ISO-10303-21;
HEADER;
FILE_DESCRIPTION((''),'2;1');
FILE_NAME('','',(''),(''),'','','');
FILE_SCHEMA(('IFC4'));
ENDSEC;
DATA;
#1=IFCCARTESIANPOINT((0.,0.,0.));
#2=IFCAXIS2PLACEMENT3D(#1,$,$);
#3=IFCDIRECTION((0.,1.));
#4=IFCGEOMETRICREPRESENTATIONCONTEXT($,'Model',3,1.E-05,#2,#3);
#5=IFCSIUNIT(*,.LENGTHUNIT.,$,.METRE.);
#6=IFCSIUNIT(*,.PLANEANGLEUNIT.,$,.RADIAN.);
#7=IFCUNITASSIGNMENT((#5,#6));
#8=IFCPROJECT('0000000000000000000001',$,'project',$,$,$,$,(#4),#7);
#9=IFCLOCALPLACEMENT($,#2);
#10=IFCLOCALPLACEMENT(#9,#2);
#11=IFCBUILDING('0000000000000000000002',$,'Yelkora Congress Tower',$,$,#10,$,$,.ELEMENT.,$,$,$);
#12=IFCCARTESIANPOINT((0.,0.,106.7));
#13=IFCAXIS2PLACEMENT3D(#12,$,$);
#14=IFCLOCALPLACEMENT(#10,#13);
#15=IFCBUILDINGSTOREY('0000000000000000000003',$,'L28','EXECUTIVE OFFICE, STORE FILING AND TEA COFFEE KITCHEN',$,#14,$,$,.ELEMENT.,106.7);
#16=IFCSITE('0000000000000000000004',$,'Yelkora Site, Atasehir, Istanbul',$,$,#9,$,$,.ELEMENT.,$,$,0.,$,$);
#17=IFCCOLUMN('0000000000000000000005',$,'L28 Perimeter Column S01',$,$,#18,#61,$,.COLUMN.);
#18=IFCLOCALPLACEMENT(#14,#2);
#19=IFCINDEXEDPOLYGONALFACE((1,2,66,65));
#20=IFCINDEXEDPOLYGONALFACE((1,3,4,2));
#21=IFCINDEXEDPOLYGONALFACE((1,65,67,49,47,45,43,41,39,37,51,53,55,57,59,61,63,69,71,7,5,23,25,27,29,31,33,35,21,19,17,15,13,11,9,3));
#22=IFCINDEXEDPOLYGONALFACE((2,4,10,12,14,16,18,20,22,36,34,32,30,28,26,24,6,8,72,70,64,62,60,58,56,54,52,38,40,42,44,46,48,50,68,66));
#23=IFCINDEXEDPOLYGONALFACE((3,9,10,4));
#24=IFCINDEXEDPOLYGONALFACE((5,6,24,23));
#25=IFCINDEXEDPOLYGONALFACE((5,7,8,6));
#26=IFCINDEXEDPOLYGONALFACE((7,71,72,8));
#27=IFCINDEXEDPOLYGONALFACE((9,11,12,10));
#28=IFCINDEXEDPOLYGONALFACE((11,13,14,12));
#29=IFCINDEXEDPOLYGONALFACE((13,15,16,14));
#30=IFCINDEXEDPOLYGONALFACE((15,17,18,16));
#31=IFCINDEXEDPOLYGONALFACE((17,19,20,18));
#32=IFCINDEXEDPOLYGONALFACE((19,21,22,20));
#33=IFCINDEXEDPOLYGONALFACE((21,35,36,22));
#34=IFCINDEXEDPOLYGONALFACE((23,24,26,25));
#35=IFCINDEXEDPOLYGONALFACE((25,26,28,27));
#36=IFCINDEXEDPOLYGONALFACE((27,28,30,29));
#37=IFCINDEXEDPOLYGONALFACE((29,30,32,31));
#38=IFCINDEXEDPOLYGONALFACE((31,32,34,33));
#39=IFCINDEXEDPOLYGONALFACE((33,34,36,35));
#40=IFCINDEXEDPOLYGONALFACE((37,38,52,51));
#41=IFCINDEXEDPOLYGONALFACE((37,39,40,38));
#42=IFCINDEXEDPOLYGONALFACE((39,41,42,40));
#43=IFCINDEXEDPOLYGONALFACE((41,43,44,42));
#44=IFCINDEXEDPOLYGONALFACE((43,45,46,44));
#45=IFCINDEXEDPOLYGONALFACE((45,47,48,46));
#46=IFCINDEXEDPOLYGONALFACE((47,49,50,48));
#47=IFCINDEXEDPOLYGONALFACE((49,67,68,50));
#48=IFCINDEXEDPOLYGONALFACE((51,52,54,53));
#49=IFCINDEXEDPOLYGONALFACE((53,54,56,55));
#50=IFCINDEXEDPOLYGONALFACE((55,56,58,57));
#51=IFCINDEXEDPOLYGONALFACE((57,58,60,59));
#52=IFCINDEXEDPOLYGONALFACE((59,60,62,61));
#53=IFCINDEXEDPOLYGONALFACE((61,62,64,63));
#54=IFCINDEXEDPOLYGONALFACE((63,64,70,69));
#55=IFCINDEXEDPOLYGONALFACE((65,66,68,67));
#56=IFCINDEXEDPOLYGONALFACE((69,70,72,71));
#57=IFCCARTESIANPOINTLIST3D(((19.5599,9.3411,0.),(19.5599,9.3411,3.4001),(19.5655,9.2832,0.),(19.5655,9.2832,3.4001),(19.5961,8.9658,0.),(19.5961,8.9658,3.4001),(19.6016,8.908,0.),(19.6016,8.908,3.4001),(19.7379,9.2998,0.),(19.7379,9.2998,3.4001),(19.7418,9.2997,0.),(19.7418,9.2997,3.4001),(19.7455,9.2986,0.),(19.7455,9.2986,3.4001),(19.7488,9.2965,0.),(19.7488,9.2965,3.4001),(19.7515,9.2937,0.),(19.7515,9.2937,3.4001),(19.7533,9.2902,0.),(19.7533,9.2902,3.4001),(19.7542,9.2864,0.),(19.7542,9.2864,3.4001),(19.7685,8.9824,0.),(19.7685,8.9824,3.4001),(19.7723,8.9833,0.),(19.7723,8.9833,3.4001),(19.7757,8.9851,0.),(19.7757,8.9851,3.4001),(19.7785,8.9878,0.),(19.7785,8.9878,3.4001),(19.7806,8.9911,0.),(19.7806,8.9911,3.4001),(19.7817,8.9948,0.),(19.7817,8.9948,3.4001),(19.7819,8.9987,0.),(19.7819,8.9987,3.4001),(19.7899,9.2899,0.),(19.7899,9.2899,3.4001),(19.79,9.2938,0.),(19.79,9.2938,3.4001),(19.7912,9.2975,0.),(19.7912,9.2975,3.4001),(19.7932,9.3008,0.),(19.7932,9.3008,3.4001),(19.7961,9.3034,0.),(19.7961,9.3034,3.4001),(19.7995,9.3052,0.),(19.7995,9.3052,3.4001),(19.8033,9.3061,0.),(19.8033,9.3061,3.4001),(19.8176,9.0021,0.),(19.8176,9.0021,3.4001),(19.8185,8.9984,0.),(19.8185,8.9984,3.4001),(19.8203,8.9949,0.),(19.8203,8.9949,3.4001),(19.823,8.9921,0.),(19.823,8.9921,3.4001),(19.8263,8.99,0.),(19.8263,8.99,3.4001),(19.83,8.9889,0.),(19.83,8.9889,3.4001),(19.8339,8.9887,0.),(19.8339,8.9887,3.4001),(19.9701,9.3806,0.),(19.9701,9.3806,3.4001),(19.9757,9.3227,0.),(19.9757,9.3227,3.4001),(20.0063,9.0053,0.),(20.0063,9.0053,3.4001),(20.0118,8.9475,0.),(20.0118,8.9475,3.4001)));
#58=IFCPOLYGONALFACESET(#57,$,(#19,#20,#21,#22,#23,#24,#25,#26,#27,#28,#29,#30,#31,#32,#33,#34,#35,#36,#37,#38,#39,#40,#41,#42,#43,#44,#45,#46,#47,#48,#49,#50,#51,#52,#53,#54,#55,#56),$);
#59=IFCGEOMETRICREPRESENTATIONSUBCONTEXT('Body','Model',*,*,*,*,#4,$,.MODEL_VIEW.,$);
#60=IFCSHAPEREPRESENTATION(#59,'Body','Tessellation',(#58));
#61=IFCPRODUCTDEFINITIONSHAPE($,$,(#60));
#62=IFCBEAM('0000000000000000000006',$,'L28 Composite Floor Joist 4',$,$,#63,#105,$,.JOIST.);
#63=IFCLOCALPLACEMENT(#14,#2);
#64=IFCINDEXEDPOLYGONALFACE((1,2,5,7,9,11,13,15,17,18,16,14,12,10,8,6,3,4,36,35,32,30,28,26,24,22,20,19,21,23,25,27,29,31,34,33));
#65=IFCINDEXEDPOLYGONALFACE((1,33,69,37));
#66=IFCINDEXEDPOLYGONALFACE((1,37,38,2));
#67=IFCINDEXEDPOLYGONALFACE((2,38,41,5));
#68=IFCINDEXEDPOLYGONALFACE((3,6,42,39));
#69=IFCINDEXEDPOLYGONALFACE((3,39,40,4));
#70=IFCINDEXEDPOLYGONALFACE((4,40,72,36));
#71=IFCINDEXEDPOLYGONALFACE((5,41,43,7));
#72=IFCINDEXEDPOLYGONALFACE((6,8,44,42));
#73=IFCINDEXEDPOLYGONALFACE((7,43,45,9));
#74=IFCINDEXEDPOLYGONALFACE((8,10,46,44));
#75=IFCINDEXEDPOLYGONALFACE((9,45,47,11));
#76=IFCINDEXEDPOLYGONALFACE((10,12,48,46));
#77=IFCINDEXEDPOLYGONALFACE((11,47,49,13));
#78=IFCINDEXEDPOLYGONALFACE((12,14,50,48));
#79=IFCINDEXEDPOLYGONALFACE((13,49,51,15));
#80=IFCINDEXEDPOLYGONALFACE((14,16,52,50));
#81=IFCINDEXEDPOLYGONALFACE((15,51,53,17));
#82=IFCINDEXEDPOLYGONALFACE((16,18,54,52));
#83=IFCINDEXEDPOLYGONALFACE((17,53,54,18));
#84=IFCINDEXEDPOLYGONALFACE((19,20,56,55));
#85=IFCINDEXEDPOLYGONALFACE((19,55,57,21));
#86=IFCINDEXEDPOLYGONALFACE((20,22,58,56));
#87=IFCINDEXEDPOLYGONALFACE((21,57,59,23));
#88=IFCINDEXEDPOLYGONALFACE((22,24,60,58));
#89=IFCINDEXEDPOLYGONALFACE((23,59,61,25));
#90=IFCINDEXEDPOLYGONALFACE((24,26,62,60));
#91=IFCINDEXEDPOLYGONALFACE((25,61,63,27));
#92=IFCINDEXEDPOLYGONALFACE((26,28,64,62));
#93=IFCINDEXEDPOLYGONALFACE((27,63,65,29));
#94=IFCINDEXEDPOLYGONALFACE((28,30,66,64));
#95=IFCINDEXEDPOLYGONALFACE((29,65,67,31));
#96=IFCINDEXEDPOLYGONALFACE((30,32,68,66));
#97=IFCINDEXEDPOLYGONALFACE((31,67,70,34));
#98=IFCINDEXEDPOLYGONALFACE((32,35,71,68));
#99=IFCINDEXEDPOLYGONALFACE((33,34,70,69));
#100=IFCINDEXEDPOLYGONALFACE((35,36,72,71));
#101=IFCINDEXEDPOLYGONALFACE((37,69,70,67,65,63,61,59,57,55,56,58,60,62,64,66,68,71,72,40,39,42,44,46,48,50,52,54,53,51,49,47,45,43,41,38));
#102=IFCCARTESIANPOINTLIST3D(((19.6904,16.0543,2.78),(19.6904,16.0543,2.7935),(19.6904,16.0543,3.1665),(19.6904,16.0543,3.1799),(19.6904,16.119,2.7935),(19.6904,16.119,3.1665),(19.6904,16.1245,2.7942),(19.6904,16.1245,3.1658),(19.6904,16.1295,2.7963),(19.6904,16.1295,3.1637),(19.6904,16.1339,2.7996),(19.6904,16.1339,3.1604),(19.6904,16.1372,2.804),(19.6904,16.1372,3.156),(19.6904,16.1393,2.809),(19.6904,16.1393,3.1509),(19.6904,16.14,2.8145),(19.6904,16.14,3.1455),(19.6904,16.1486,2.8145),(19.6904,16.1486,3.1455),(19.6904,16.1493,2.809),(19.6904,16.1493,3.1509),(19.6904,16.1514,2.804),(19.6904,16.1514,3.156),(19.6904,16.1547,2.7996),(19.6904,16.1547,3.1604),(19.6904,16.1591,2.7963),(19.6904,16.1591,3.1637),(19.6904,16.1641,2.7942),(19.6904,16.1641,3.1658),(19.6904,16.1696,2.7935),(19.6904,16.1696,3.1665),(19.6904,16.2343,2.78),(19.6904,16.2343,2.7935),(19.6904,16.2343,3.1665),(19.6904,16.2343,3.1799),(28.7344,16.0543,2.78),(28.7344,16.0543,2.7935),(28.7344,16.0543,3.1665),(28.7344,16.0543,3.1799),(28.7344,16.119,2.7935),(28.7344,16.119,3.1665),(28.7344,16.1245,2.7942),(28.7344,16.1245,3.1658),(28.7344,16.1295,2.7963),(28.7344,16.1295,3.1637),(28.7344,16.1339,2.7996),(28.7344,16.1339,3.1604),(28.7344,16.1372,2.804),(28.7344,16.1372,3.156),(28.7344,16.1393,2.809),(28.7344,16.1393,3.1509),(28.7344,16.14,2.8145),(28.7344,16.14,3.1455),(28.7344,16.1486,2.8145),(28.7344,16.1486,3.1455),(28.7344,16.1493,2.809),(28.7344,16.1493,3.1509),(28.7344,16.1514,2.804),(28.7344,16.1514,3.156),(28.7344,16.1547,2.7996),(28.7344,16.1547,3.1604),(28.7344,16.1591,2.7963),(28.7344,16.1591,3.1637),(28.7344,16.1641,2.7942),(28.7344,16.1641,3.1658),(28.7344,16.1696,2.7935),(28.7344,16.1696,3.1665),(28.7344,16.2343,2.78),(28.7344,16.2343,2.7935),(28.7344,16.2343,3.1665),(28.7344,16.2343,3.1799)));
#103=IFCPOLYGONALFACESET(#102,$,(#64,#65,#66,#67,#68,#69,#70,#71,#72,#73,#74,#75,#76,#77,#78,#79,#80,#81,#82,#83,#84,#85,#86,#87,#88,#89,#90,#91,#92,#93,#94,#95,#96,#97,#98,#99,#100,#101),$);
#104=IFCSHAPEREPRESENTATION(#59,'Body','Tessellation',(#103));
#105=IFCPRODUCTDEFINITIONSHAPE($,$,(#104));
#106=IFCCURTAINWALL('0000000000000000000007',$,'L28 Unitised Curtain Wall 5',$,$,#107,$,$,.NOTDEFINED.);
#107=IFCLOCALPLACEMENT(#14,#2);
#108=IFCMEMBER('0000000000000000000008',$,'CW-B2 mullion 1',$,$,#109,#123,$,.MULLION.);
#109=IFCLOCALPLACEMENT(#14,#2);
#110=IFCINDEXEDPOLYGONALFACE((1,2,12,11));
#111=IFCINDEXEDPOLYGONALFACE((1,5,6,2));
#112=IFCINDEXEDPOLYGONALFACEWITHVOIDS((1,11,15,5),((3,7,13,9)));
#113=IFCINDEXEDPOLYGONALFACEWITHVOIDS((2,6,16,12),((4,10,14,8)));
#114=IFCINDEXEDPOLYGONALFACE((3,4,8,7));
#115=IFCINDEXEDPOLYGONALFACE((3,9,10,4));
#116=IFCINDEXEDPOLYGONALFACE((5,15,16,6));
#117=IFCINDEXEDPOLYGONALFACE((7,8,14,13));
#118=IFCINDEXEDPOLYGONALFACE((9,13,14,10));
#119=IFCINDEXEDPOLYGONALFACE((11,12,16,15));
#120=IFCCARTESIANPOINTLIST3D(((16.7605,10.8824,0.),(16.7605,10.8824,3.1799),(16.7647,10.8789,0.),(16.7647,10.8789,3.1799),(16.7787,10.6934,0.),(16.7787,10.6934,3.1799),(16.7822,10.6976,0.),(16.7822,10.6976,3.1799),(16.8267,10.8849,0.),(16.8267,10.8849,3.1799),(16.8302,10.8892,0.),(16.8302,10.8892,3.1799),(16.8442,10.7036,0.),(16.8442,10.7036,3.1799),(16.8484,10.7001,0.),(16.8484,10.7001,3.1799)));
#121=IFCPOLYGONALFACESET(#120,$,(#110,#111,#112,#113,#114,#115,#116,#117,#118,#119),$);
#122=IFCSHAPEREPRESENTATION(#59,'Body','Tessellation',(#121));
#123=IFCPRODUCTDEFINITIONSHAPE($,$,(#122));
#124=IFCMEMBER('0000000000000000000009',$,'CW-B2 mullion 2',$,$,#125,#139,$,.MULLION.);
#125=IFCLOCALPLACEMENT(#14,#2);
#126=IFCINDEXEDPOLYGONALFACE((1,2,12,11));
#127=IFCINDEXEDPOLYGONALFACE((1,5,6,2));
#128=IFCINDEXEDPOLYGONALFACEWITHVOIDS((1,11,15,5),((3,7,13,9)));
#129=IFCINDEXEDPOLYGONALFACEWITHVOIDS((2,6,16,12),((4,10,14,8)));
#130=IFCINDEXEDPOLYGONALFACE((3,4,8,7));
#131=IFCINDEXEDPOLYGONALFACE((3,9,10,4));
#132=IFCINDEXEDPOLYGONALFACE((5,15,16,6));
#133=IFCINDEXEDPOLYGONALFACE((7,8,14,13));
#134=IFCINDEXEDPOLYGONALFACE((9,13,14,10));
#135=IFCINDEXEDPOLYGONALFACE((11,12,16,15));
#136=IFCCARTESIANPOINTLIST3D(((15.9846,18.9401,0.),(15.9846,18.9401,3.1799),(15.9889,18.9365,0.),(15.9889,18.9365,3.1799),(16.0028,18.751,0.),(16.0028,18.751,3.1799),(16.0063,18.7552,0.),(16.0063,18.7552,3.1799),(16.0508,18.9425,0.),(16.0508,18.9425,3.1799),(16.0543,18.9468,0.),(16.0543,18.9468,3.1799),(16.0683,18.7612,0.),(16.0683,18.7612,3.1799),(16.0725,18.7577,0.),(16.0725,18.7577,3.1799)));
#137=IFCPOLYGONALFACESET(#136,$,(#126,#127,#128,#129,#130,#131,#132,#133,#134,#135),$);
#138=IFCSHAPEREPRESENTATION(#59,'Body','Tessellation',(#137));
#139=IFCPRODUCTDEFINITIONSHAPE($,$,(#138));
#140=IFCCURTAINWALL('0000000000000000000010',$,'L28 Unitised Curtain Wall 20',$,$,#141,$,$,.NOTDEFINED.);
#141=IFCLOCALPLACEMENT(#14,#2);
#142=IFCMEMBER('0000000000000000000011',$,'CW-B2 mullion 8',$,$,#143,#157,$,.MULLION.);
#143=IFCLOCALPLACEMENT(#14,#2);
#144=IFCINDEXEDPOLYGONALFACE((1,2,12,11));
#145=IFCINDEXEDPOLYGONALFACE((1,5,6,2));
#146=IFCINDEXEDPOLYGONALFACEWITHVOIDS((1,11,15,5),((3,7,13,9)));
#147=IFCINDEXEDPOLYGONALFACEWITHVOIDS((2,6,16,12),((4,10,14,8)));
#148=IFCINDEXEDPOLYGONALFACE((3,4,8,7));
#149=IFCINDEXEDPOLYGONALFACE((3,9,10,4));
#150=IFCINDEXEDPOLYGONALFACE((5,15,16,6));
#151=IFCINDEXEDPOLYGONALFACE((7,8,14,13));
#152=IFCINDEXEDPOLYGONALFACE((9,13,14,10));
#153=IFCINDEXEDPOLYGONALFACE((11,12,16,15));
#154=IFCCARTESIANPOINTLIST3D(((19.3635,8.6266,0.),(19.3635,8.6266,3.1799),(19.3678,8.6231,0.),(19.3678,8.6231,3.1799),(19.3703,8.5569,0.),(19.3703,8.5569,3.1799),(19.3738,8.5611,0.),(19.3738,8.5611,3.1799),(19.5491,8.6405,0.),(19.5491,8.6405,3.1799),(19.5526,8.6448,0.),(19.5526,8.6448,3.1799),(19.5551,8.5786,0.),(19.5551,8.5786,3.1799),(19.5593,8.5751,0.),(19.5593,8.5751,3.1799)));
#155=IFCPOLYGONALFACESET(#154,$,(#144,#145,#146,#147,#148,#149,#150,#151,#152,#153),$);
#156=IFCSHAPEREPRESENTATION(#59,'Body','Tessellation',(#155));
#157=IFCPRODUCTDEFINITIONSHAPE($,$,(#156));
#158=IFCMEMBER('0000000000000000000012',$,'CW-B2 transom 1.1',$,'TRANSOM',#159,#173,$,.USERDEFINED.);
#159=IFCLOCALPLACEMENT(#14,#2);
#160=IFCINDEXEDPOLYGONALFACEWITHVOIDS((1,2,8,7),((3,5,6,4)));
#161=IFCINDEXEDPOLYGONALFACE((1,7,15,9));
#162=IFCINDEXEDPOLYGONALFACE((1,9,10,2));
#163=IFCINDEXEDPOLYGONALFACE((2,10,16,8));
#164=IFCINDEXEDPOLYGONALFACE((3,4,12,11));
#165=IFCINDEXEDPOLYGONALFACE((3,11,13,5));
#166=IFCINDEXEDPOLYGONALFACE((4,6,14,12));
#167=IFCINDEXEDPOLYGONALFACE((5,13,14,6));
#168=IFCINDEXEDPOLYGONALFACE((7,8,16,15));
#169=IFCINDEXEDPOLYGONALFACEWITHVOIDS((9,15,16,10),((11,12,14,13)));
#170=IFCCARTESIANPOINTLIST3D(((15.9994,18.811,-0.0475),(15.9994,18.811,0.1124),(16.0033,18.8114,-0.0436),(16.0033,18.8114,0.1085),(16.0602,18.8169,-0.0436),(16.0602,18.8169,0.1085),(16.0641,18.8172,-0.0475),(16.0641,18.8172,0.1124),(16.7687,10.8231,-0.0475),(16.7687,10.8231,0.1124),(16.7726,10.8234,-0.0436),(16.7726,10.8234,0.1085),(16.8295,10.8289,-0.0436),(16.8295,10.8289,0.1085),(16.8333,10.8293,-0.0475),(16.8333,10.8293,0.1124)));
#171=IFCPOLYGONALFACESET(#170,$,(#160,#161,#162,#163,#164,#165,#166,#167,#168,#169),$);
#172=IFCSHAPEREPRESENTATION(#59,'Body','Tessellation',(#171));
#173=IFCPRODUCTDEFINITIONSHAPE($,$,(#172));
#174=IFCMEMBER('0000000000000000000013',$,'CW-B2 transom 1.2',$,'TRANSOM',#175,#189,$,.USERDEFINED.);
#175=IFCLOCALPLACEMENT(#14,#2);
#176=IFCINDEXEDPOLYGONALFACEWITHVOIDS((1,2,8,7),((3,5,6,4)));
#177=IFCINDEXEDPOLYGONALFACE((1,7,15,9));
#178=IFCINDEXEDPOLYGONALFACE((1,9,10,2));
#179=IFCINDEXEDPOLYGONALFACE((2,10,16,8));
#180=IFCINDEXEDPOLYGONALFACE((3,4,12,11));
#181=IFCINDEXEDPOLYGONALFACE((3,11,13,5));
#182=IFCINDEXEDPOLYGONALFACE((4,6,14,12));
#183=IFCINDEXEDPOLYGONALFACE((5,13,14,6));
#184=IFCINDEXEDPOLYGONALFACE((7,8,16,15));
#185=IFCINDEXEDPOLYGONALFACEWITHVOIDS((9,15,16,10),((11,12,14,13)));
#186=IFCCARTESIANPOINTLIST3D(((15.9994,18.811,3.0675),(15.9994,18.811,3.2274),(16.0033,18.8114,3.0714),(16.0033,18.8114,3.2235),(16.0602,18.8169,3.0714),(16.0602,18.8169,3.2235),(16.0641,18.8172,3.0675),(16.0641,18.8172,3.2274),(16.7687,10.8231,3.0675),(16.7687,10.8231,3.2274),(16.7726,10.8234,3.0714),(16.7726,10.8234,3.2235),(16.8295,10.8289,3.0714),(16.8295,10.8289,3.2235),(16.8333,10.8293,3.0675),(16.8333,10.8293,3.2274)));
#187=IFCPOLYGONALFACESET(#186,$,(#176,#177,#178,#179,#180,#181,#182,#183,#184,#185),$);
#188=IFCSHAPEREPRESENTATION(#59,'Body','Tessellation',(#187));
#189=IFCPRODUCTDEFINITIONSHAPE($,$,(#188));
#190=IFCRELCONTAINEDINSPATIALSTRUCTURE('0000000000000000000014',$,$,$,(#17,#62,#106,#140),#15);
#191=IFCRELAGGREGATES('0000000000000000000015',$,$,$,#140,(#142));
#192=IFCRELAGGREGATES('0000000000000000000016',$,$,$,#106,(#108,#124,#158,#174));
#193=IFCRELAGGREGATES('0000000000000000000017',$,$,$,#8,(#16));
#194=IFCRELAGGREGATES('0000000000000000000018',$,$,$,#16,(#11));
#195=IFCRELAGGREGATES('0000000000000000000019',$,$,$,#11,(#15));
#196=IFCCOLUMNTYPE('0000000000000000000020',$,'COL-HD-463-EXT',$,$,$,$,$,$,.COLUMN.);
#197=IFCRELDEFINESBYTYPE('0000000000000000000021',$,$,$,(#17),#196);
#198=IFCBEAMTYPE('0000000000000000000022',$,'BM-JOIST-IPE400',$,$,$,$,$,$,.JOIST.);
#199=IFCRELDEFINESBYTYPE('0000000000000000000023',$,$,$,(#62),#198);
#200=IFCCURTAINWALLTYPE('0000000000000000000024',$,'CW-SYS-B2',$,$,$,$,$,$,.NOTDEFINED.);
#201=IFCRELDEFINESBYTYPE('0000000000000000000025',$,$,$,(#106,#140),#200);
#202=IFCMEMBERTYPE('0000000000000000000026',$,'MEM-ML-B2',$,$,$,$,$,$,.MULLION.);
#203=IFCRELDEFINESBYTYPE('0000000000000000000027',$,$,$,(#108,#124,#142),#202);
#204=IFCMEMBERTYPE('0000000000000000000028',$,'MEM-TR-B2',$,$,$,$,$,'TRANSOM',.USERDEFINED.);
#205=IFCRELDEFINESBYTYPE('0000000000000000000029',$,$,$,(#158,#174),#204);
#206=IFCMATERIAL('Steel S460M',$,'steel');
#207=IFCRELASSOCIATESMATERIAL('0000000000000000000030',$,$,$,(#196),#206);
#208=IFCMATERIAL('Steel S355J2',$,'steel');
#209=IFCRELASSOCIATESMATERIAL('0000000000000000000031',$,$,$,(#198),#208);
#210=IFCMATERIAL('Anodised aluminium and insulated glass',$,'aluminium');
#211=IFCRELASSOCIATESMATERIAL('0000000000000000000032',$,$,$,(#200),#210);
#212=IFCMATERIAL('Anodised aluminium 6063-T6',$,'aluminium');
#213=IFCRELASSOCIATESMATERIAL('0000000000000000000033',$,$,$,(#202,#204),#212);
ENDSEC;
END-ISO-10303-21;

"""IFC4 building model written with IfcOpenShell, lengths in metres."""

from ifc_helpers import new_model, si_unit, direction, frame, origin, origin_2d, place, context, subcontext, project, spatial, hollow_rectangle, i_section, extrude, material, material_profile, profile_set, type_object, element, aggregate, save


model = new_model("IFC4")

# Units and contexts
model_context = context("Model", 3, precision=1e-05, world=origin(), true_north=direction((0.0, 1.0)))
body_context = subcontext(model_context, "Body", "Model", "MODEL_VIEW")
ifc_project = project(units=[si_unit("LENGTHUNIT", "METRE"), si_unit("PLANEANGLEUNIT", "RADIAN")], contexts=[model_context])

# Site, building, storey
site_placement = place(None, origin())
site = spatial("IfcSite", under=ifc_project, at=site_placement, Name="Yelkora Site, Atasehir, Istanbul", CompositionType="ELEMENT", RefElevation=0.0)
building_placement = place(site_placement, origin())
building = spatial("IfcBuilding", under=site, at=building_placement, Name="Yelkora Congress Tower", CompositionType="ELEMENT")
storey_placement = place(building_placement, frame((0.0, 0.0, 106.7)))
storey = spatial("IfcBuildingStorey", under=building, at=storey_placement, Name="L28", Description="EXECUTIVE OFFICE, STORE FILING AND TEA COFFEE KITCHEN", CompositionType="ELEMENT", Elevation=106.7)

# Column
ifc_material_1 = material(Name="Steel S460M", Category="steel")
ifc_material_profile_1 = material_profile(ifc_material_1, i_section(OverallWidth=0.4121, OverallDepth=0.4351, WebThickness=0.0359, FlangeThickness=0.0581, FilletRadius=0.0149, at=origin_2d()), Name="HD 400x463")
ifc_profile_set_1 = profile_set([ifc_material_profile_1], Name="Steel S460M")
column_type = type_object("IfcColumnType", Name="COL-HD-463-EXT", PredefinedType="COLUMN", material=ifc_profile_set_1)
column_placement = place(storey_placement, frame((19.7859, 9.1443, 0.0), z_axis=(0.0, 0.0, 1.0), x_axis=(0.995396, 0.095846, 0.0)))
element("IfcColumn", 1, at=column_placement, inside=storey, type_object=column_type, Name="L28 Perimeter Column S01", PredefinedType="COLUMN", context=body_context, shape_type="SweptSolid", body=[
    extrude(i_section(OverallWidth=0.4121, OverallDepth=0.4351, WebThickness=0.0359, FlangeThickness=0.0581, FilletRadius=0.0149, at=origin_2d()), origin(), (0.0, 0.0, 1.0), 3.4001),
])

# Beam
ifc_material_2 = material(Name="Steel S355J2", Category="steel")
ifc_material_profile_2 = material_profile(ifc_material_2, i_section(OverallWidth=0.1799, OverallDepth=0.3999, WebThickness=0.0085, FlangeThickness=0.0134, FilletRadius=0.021, at=origin_2d()), Name="IPE 400")
ifc_profile_set_2 = profile_set([ifc_material_profile_2], Name="Steel S355J2")
beam_type = type_object("IfcBeamType", Name="BM-JOIST-IPE400", PredefinedType="JOIST", material=ifc_profile_set_2)
beam_placement = place(storey_placement, frame((19.6904, 16.1443, 2.98), z_axis=(1.0, 0.0, 0.0), x_axis=(0.0, 1.0, 0.0)))
element("IfcBeam", 2, at=beam_placement, inside=storey, type_object=beam_type, Name="L28 Composite Floor Joist 4", PredefinedType="JOIST", context=body_context, shape_type="SweptSolid", body=[
    extrude(i_section(OverallWidth=0.1799, OverallDepth=0.3999, WebThickness=0.0085, FlangeThickness=0.0134, FilletRadius=0.021, at=origin_2d()), origin(), (0.0, 0.0, 1.0), 9.0439),
])

# Curtain wall, members
ifc_material_3 = material(Name="Anodised aluminium and insulated glass", Category="aluminium")
curtain_wall_type = type_object("IfcCurtainWallType", Name="CW-SYS-B2", PredefinedType="NOTDEFINED", material=ifc_material_3)
curtain_wall_1_placement = place(storey_placement, origin())
curtain_wall_1 = element("IfcCurtainWall", 3, at=curtain_wall_1_placement, inside=storey, type_object=curtain_wall_type, Name="L28 Unitised Curtain Wall 5", PredefinedType="NOTDEFINED")
ifc_material_4 = material(Name="Anodised aluminium 6063-T6", Category="aluminium")
ifc_material_profile_3 = material_profile(ifc_material_4, hollow_rectangle(XDim=0.0701, YDim=0.1899, WallThickness=0.0039, at=origin_2d()), Name="ALU 70x190x4")
ifc_profile_set_3 = profile_set([ifc_material_profile_3], Name="Anodised aluminium 6063-T6")
member_type_1 = type_object("IfcMemberType", Name="MEM-ML-B2", PredefinedType="MULLION", material=ifc_profile_set_3)
member_1_placement = place(storey_placement, frame((16.8044, 10.7913, 0.0), z_axis=(0.0, 0.0, 1.0), x_axis=(-0.995397, -0.095843, 0.0)))
member_1 = element("IfcMember", 4, at=member_1_placement, type_object=member_type_1, Name="CW-B2 mullion 1", PredefinedType="MULLION", context=body_context, shape_type="SweptSolid", body=[
    extrude(hollow_rectangle(XDim=0.0701, YDim=0.1899, WallThickness=0.0039, at=origin_2d()), origin(), (0.0, 0.0, 1.0), 3.1799),
])
member_2_placement = place(storey_placement, frame((16.0286, 18.8489, 0.0), z_axis=(0.0, 0.0, 1.0), x_axis=(-0.995397, -0.095843, 0.0)))
member_2 = element("IfcMember", 5, at=member_2_placement, type_object=member_type_1, Name="CW-B2 mullion 2", PredefinedType="MULLION", context=body_context, shape_type="SweptSolid", body=[
    extrude(hollow_rectangle(XDim=0.0701, YDim=0.1899, WallThickness=0.0039, at=origin_2d()), origin(), (0.0, 0.0, 1.0), 3.1799),
])

# Curtain wall, member
curtain_wall_2_placement = place(storey_placement, origin())
curtain_wall_2 = element("IfcCurtainWall", 6, at=curtain_wall_2_placement, inside=storey, type_object=curtain_wall_type, Name="L28 Unitised Curtain Wall 20", PredefinedType="NOTDEFINED")
member_3_placement = place(storey_placement, frame((19.4614, 8.6008, 0.0), z_axis=(0.0, 0.0, 1.0), x_axis=(0.095844, -0.995396, 0.0)))
member_3 = element("IfcMember", 7, at=member_3_placement, type_object=member_type_1, Name="CW-B2 mullion 8", PredefinedType="MULLION", context=body_context, shape_type="SweptSolid", body=[
    extrude(hollow_rectangle(XDim=0.0701, YDim=0.1899, WallThickness=0.0039, at=origin_2d()), origin(), (0.0, 0.0, 1.0), 3.1799),
])
aggregate(curtain_wall_2, [member_3])

# Members
ifc_material_profile_4 = material_profile(ifc_material_4, hollow_rectangle(XDim=0.0649, YDim=0.1599, WallThickness=0.0039, at=origin_2d()), Name="ALU 65x160x4")
ifc_profile_set_4 = profile_set([ifc_material_profile_4], Name="Anodised aluminium 6063-T6")
member_type_2 = type_object("IfcMemberType", Name="MEM-TR-B2", ElementType="TRANSOM", PredefinedType="USERDEFINED", material=ifc_profile_set_4)
member_4_placement = place(storey_placement, frame((16.801, 10.8262, 0.0325), z_axis=(-0.095861, 0.995395, 0.0), x_axis=(-0.995395, -0.095861, 0.0)))
member_4 = element("IfcMember", 8, at=member_4_placement, type_object=member_type_2, Name="CW-B2 transom 1.1", ObjectType="TRANSOM", PredefinedType="USERDEFINED", context=body_context, shape_type="SweptSolid", body=[
    extrude(hollow_rectangle(XDim=0.0649, YDim=0.1599, WallThickness=0.0039, at=origin_2d()), origin(), (0.0, 0.0, 1.0), 8.0249),
])
member_5_placement = place(storey_placement, frame((16.801, 10.8262, 3.1475), z_axis=(-0.095861, 0.995395, 0.0), x_axis=(-0.995395, -0.095861, 0.0)))
member_5 = element("IfcMember", 9, at=member_5_placement, type_object=member_type_2, Name="CW-B2 transom 1.2", ObjectType="TRANSOM", PredefinedType="USERDEFINED", context=body_context, shape_type="SweptSolid", body=[
    extrude(hollow_rectangle(XDim=0.0649, YDim=0.1599, WallThickness=0.0039, at=origin_2d()), origin(), (0.0, 0.0, 1.0), 8.0249),
])

aggregate(curtain_wall_1, [member_1, member_2, member_4, member_5])

save(model, "model.ifc")
